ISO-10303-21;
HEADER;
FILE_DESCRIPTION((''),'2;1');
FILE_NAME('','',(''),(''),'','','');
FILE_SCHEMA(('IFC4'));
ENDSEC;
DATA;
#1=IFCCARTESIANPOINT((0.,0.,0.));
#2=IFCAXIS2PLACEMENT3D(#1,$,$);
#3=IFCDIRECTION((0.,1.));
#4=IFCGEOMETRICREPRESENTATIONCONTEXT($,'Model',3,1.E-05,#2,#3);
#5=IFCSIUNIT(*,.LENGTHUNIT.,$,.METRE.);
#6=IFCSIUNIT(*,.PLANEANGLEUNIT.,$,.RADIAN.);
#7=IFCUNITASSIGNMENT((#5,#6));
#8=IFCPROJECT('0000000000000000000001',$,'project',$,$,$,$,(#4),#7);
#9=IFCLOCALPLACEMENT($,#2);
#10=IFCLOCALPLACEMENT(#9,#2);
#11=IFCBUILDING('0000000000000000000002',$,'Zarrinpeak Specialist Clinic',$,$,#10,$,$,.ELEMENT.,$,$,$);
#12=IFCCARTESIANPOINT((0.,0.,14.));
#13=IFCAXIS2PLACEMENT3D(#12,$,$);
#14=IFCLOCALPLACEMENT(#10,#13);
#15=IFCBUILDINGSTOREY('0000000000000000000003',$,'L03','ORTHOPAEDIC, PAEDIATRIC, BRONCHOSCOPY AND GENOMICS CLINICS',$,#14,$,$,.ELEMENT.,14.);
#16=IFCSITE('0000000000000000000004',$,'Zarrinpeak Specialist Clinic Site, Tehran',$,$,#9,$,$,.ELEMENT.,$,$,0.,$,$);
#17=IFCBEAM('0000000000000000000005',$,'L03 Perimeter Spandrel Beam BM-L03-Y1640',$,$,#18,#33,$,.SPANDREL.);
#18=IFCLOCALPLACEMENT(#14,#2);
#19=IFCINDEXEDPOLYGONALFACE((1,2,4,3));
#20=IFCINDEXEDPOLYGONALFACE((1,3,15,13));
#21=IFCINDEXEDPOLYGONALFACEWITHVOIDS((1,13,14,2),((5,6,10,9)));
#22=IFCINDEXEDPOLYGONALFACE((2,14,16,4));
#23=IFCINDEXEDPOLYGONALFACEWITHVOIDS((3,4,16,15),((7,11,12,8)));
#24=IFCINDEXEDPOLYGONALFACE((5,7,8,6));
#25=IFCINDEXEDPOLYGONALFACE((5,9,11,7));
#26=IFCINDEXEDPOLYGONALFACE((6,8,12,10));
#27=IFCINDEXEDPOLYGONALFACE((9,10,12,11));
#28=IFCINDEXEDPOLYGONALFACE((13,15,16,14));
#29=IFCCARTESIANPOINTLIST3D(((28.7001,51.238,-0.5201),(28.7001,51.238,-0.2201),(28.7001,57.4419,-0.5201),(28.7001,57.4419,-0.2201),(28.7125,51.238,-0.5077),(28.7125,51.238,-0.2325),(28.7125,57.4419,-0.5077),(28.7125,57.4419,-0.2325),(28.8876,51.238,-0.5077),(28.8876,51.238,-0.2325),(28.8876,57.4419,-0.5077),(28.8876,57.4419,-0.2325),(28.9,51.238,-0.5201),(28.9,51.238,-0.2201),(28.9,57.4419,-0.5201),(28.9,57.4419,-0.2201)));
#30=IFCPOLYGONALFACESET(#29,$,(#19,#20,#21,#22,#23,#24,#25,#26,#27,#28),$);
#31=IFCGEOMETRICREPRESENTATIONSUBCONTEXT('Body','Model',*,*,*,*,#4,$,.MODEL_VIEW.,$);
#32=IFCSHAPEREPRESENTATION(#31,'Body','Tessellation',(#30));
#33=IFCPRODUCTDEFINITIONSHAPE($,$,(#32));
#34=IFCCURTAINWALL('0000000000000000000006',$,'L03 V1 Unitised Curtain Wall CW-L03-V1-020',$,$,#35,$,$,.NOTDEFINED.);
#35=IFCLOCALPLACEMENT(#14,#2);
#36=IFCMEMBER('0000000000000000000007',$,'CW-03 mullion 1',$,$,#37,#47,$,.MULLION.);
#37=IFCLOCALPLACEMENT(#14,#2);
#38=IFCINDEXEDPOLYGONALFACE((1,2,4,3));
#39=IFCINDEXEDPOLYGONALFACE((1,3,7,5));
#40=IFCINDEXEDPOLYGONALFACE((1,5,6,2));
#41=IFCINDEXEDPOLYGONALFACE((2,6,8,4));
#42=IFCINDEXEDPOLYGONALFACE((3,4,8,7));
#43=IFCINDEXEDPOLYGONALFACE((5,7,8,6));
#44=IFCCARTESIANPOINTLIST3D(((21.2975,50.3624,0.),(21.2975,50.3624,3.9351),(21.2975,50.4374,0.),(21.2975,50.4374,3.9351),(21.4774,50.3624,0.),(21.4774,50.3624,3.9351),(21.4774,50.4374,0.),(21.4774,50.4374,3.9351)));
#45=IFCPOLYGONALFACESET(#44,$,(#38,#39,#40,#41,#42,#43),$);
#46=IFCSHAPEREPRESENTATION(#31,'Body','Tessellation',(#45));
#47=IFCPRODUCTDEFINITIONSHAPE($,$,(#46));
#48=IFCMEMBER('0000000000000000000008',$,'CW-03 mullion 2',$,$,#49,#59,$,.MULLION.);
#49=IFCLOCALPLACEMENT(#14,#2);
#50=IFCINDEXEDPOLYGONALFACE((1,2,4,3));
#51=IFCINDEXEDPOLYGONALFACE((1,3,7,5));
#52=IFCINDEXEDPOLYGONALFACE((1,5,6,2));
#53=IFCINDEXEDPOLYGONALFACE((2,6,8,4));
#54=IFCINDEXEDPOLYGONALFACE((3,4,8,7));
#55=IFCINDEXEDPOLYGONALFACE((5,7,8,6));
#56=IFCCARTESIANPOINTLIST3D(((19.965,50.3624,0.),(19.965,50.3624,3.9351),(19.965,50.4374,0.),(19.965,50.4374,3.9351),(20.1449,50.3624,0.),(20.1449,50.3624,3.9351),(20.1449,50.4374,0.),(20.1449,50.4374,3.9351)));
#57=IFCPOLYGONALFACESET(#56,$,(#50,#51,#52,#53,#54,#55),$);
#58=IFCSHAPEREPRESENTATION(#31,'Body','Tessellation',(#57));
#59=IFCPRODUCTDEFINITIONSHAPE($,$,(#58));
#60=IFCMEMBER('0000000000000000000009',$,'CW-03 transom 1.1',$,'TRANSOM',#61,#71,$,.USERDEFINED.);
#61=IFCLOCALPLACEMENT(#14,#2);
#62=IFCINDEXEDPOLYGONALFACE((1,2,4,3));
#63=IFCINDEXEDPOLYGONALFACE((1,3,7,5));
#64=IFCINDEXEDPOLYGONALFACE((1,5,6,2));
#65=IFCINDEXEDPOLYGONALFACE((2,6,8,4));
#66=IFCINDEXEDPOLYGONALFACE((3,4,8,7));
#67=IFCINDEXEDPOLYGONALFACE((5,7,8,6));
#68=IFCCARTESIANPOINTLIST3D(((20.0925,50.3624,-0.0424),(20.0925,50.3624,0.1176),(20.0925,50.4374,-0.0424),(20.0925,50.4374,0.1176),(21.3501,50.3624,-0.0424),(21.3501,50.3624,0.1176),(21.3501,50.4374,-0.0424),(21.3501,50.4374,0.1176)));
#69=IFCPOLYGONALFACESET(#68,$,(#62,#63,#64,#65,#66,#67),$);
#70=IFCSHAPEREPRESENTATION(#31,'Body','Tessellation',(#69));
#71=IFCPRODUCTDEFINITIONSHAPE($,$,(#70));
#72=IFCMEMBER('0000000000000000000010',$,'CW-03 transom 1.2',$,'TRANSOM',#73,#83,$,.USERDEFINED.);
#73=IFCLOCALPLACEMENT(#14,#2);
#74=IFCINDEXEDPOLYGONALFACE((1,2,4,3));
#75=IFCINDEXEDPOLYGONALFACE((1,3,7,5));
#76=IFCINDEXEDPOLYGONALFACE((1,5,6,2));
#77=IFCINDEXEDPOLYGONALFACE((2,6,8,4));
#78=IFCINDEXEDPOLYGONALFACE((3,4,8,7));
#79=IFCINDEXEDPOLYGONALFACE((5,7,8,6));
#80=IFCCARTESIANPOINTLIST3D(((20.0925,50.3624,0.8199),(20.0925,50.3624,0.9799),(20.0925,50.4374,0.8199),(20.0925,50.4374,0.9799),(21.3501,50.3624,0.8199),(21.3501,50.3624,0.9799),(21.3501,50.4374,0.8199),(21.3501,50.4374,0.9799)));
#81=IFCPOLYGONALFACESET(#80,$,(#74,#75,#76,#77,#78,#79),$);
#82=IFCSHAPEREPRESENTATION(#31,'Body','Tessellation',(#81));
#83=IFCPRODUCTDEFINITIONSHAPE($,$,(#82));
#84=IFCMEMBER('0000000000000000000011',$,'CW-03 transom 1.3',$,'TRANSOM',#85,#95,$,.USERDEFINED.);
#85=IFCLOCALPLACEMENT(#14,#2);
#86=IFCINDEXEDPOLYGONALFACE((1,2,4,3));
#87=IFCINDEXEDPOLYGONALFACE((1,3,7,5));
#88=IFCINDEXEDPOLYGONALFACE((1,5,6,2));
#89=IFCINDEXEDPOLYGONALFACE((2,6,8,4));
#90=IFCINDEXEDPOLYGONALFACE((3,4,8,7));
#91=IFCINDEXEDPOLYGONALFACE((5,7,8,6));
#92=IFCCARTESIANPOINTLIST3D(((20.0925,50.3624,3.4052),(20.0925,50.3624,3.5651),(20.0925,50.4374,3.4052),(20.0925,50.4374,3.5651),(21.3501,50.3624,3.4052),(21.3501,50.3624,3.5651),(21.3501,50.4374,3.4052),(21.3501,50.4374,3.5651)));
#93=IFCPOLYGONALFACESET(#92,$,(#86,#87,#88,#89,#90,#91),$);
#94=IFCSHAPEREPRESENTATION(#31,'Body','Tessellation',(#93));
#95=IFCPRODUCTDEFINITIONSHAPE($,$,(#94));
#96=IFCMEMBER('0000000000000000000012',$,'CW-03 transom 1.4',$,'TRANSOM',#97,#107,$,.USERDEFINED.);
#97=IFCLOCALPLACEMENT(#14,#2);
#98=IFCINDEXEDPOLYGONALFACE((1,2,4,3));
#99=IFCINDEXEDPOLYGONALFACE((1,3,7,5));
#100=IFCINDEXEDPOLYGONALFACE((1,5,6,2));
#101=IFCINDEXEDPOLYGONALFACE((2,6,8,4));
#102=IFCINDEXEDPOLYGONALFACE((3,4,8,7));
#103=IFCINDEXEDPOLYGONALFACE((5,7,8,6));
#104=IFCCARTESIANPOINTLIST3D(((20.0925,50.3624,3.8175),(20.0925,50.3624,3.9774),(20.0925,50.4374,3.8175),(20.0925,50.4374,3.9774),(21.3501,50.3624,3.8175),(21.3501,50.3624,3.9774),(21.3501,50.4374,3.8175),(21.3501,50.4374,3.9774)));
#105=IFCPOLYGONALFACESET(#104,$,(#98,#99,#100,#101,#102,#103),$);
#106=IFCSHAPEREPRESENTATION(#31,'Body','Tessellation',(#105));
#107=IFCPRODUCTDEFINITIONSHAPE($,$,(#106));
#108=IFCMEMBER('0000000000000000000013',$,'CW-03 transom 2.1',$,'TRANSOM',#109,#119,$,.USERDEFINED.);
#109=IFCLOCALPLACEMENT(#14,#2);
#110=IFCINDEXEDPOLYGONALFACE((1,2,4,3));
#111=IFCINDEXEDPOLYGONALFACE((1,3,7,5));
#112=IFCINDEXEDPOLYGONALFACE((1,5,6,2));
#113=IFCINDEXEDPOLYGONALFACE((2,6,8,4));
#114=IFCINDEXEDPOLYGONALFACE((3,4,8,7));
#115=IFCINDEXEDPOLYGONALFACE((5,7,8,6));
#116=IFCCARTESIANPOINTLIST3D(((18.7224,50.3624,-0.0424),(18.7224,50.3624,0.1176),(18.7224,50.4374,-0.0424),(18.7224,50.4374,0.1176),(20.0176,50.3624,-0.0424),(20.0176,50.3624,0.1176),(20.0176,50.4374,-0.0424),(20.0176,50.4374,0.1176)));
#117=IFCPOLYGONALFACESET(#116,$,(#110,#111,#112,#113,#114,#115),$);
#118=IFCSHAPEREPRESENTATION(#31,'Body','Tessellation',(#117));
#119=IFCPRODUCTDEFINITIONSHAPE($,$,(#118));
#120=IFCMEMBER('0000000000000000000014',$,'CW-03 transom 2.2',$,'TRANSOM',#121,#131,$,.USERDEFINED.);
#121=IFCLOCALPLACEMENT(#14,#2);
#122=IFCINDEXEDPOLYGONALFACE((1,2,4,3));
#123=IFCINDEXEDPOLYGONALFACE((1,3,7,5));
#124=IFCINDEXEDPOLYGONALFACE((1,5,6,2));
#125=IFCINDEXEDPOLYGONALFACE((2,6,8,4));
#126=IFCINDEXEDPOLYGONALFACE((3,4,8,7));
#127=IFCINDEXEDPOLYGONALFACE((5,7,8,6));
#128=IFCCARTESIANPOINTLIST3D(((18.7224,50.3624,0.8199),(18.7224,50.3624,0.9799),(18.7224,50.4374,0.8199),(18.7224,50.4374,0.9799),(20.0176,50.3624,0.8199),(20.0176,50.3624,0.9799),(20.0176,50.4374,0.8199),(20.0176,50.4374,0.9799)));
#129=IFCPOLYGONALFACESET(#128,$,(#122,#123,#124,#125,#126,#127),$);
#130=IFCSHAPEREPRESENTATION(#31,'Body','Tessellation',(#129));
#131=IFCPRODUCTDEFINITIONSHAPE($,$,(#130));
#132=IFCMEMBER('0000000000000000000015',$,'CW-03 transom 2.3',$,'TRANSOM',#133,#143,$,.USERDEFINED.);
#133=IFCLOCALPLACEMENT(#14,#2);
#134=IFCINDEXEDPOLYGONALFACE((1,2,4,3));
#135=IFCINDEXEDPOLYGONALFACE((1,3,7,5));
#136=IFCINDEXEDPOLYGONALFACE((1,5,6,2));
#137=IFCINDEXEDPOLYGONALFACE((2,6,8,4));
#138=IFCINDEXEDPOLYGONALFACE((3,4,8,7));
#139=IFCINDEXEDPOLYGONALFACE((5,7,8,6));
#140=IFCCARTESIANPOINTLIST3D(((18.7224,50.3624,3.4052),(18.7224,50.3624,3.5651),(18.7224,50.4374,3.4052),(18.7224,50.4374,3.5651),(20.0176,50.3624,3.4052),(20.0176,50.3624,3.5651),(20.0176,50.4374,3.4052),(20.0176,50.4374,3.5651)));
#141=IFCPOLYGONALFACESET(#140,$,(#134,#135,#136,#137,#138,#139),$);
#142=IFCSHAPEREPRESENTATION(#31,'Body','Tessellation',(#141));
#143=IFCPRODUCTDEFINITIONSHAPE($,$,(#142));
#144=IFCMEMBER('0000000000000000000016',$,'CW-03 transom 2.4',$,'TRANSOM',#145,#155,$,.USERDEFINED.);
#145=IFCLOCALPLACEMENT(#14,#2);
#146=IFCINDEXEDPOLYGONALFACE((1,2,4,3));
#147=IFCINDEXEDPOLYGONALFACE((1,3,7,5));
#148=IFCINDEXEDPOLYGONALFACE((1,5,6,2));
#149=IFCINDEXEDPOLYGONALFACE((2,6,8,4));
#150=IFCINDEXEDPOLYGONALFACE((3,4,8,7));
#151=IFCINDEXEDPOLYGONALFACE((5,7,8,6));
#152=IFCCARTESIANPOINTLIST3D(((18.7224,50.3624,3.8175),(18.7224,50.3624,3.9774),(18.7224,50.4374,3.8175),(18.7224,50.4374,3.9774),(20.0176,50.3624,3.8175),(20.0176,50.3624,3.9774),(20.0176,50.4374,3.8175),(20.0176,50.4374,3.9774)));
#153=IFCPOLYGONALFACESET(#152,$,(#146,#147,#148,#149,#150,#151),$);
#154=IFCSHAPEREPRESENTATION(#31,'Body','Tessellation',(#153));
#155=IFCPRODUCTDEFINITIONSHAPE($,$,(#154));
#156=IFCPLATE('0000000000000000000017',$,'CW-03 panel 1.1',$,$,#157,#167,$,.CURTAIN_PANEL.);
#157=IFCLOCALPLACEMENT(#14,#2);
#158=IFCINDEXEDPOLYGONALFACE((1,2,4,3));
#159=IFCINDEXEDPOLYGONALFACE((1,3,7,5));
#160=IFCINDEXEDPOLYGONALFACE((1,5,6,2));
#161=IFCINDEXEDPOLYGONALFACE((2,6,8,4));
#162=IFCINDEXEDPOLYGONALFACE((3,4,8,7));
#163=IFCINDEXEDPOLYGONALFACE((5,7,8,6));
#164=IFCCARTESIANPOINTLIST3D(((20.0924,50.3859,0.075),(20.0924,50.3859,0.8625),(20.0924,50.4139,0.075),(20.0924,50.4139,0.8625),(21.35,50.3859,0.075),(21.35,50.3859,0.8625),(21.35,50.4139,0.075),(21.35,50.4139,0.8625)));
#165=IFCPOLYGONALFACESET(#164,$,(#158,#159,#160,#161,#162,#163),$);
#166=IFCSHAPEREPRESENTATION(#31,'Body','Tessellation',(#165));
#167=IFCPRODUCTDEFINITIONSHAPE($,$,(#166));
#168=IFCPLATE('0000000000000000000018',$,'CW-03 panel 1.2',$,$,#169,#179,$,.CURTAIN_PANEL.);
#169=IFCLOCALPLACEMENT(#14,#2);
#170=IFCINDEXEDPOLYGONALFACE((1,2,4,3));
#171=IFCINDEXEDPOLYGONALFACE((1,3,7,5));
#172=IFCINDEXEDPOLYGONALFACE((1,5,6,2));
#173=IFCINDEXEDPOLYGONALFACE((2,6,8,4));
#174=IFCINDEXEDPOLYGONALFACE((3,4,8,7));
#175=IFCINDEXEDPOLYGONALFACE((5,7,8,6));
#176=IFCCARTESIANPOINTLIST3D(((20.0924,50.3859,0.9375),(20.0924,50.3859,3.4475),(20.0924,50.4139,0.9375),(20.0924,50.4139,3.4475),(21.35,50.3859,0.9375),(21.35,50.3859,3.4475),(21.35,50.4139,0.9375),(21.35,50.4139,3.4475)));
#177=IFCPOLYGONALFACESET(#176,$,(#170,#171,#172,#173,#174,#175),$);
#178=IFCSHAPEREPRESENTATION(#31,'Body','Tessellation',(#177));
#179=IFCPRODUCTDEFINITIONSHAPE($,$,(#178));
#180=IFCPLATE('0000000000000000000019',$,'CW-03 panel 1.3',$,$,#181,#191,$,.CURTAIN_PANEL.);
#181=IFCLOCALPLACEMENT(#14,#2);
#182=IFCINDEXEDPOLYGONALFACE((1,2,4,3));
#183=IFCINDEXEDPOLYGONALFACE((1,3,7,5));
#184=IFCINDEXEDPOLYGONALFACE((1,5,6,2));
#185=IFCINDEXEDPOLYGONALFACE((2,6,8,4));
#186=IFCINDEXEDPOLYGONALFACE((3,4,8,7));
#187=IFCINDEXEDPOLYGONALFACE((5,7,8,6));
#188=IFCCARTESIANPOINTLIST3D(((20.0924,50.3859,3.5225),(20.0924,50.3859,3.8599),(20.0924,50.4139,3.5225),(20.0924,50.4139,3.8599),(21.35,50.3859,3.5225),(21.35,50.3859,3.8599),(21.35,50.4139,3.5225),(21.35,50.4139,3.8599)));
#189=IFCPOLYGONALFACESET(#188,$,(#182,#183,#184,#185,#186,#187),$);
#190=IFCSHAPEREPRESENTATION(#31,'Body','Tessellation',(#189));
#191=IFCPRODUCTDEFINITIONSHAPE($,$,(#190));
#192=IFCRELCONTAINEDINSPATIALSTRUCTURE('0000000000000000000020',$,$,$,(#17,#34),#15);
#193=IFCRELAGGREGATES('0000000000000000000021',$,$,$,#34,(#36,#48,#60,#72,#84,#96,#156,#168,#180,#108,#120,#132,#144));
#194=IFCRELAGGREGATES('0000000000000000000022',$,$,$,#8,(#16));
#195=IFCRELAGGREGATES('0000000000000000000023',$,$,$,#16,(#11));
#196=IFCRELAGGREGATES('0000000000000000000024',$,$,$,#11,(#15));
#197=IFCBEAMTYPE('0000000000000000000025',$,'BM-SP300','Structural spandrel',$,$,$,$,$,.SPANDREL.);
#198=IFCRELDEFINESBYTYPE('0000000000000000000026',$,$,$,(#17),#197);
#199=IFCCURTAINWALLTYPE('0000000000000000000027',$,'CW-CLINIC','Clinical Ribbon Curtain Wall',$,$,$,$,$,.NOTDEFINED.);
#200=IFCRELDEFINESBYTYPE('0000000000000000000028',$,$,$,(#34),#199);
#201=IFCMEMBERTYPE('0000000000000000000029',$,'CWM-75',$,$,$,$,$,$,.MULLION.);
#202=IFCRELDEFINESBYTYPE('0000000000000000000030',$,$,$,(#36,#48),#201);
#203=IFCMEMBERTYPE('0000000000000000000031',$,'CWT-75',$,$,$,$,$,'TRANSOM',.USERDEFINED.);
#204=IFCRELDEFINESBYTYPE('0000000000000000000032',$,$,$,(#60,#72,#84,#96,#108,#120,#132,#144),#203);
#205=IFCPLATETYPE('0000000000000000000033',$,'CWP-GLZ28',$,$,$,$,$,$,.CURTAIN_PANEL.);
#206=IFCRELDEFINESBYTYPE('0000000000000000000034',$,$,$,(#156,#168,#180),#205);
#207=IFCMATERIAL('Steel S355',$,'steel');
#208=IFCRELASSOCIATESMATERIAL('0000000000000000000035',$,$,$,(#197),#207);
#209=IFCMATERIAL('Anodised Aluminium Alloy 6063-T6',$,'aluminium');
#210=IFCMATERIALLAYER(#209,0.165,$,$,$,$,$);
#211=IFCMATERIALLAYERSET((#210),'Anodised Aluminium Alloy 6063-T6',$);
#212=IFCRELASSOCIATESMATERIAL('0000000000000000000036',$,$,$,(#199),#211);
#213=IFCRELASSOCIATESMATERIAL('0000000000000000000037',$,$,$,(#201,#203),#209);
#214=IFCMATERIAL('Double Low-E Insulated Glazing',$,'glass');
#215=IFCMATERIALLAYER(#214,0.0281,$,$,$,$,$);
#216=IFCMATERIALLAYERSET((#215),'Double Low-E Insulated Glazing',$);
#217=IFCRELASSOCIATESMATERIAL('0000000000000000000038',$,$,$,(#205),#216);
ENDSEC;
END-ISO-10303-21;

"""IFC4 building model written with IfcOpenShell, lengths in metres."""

from ifc_helpers import new_model, si_unit, direction, frame, origin, origin_2d, place, context, subcontext, project, spatial, rectangle, hollow_rectangle, extrude, material, layer, layer_set, material_profile, profile_set, type_object, element, aggregate, save


model = new_model("IFC4")

# Units and contexts
model_context = context("Model", 3, precision=1e-05, world=origin(), true_north=direction((0.0, 1.0)))
body_context = subcontext(model_context, "Body", "Model", "MODEL_VIEW")
ifc_project = project(units=[si_unit("LENGTHUNIT", "METRE"), si_unit("PLANEANGLEUNIT", "RADIAN")], contexts=[model_context])

# Site, building, storey
site_placement = place(None, origin())
site = spatial("IfcSite", under=ifc_project, at=site_placement, Name="Zarrinpeak Specialist Clinic Site, Tehran", CompositionType="ELEMENT", RefElevation=0.0)
building_placement = place(site_placement, origin())
building = spatial("IfcBuilding", under=site, at=building_placement, Name="Zarrinpeak Specialist Clinic", CompositionType="ELEMENT")
storey_placement = place(building_placement, frame((0.0, 0.0, 14.0)))
storey = spatial("IfcBuildingStorey", under=building, at=storey_placement, Name="L03", Description="ORTHOPAEDIC, PAEDIATRIC, BRONCHOSCOPY AND GENOMICS CLINICS", CompositionType="ELEMENT", Elevation=14.0)

# Shared definitions
ifc_material_1 = material(Name="Steel S355", Category="steel")

# Beam
ifc_material_profile_1 = material_profile(ifc_material_1, hollow_rectangle(XDim=0.2, YDim=0.3, WallThickness=0.0125, at=origin_2d()), Name="RHS 300x200x12.5")
ifc_profile_set_1 = profile_set([ifc_material_profile_1], Name="Steel S355")
beam_type_1 = type_object("IfcBeamType", Name="BM-SP300", Description="Structural spandrel", PredefinedType="SPANDREL", material=ifc_profile_set_1)
beam_1_placement = place(storey_placement, frame((28.8, 51.238, -0.3701), z_axis=(0.0, 1.0, 0.0), x_axis=(-1.0, 0.0, 0.0)))
element("IfcBeam", 1, at=beam_1_placement, inside=storey, type_object=beam_type_1, Name="L03 Perimeter Spandrel Beam BM-L03-Y1640", PredefinedType="SPANDREL", context=body_context, shape_type="SweptSolid", body=[
    extrude(hollow_rectangle(XDim=0.2, YDim=0.3, WallThickness=0.0125, at=origin_2d()), origin(), (0.0, 0.0, 1.0), 6.2039),
])

# Curtain wall, members, plates
ifc_material_2 = material(Name="Anodised Aluminium Alloy 6063-T6", Category="aluminium")
ifc_layer_1 = layer(ifc_material_2, 0.165)
ifc_layer_set_1 = layer_set([ifc_layer_1], Name="Anodised Aluminium Alloy 6063-T6")
curtain_wall_type = type_object("IfcCurtainWallType", Name="CW-CLINIC", Description="Clinical Ribbon Curtain Wall", PredefinedType="NOTDEFINED", material=ifc_layer_set_1)
curtain_wall_placement = place(storey_placement, origin())
curtain_wall = element("IfcCurtainWall", 2, at=curtain_wall_placement, inside=storey, type_object=curtain_wall_type, Name="L03 V1 Unitised Curtain Wall CW-L03-V1-020", PredefinedType="NOTDEFINED")
ifc_material_profile_2 = material_profile(ifc_material_2, rectangle(XDim=0.075, YDim=0.1799, at=origin_2d()), Name="ALU 75x180")
ifc_profile_set_2 = profile_set([ifc_material_profile_2], Name="Anodised Aluminium Alloy 6063-T6")
member_type_1 = type_object("IfcMemberType", Name="CWM-75", PredefinedType="MULLION", material=ifc_profile_set_2)
member_1_placement = place(storey_placement, frame((21.3875, 50.3999, 0.0), z_axis=(0.0, 0.0, 1.0), x_axis=(0.0, -1.0, 0.0)))
member_1 = element("IfcMember", 3, at=member_1_placement, type_object=member_type_1, Name="CW-03 mullion 1", PredefinedType="MULLION", context=body_context, shape_type="SweptSolid", body=[
    extrude(rectangle(XDim=0.075, YDim=0.1799, at=origin_2d()), origin(), (0.0, 0.0, 1.0), 3.9351),
])
member_2_placement = place(storey_placement, frame((20.0549, 50.3999, 0.0), z_axis=(0.0, 0.0, 1.0), x_axis=(0.0, -1.0, 0.0)))
member_2 = element("IfcMember", 4, at=member_2_placement, type_object=member_type_1, Name="CW-03 mullion 2", PredefinedType="MULLION", context=body_context, shape_type="SweptSolid", body=[
    extrude(rectangle(XDim=0.075, YDim=0.1799, at=origin_2d()), origin(), (0.0, 0.0, 1.0), 3.9351),
])
ifc_material_profile_3 = material_profile(ifc_material_2, rectangle(XDim=0.075, YDim=0.1599, at=origin_2d()), Name="ALU 75x160")
ifc_profile_set_3 = profile_set([ifc_material_profile_3], Name="Anodised Aluminium Alloy 6063-T6")
member_type_2 = type_object("IfcMemberType", Name="CWT-75", ElementType="TRANSOM", PredefinedType="USERDEFINED", material=ifc_profile_set_3)
member_3_placement = place(storey_placement, frame((21.3501, 50.3999, 0.0376), z_axis=(-1.0, 0.0, 0.0), x_axis=(0.0, -1.0, 0.0)))
member_3 = element("IfcMember", 5, at=member_3_placement, type_object=member_type_2, Name="CW-03 transom 1.1", ObjectType="TRANSOM", PredefinedType="USERDEFINED", context=body_context, shape_type="SweptSolid", body=[
    extrude(rectangle(XDim=0.075, YDim=0.1599, at=origin_2d()), origin(), (0.0, 0.0, 1.0), 1.2576),
])
member_4_placement = place(storey_placement, frame((21.3501, 50.3999, 0.8999), z_axis=(-1.0, 0.0, 0.0), x_axis=(0.0, -1.0, 0.0)))
member_4 = element("IfcMember", 6, at=member_4_placement, type_object=member_type_2, Name="CW-03 transom 1.2", ObjectType="TRANSOM", PredefinedType="USERDEFINED", context=body_context, shape_type="SweptSolid", body=[
    extrude(rectangle(XDim=0.075, YDim=0.1599, at=origin_2d()), origin(), (0.0, 0.0, 1.0), 1.2576),
])
member_5_placement = place(storey_placement, frame((21.3501, 50.3999, 3.4851), z_axis=(-1.0, 0.0, 0.0), x_axis=(0.0, -1.0, 0.0)))
member_5 = element("IfcMember", 7, at=member_5_placement, type_object=member_type_2, Name="CW-03 transom 1.3", ObjectType="TRANSOM", PredefinedType="USERDEFINED", context=body_context, shape_type="SweptSolid", body=[
    extrude(rectangle(XDim=0.075, YDim=0.1599, at=origin_2d()), origin(), (0.0, 0.0, 1.0), 1.2576),
])
member_6_placement = place(storey_placement, frame((21.3501, 50.3999, 3.8975), z_axis=(-1.0, 0.0, 0.0), x_axis=(0.0, -1.0, 0.0)))
member_6 = element("IfcMember", 8, at=member_6_placement, type_object=member_type_2, Name="CW-03 transom 1.4", ObjectType="TRANSOM", PredefinedType="USERDEFINED", context=body_context, shape_type="SweptSolid", body=[
    extrude(rectangle(XDim=0.075, YDim=0.1599, at=origin_2d()), origin(), (0.0, 0.0, 1.0), 1.2576),
])
member_7_placement = place(storey_placement, frame((20.0176, 50.3999, 0.0376), z_axis=(-1.0, 0.0, 0.0), x_axis=(0.0, -1.0, 0.0)))
member_7 = element("IfcMember", 9, at=member_7_placement, type_object=member_type_2, Name="CW-03 transom 2.1", ObjectType="TRANSOM", PredefinedType="USERDEFINED", context=body_context, shape_type="SweptSolid", body=[
    extrude(rectangle(XDim=0.075, YDim=0.1599, at=origin_2d()), origin(), (0.0, 0.0, 1.0), 1.2952),
])
member_8_placement = place(storey_placement, frame((20.0176, 50.3999, 0.8999), z_axis=(-1.0, 0.0, 0.0), x_axis=(0.0, -1.0, 0.0)))
member_8 = element("IfcMember", 10, at=member_8_placement, type_object=member_type_2, Name="CW-03 transom 2.2", ObjectType="TRANSOM", PredefinedType="USERDEFINED", context=body_context, shape_type="SweptSolid", body=[
    extrude(rectangle(XDim=0.075, YDim=0.1599, at=origin_2d()), origin(), (0.0, 0.0, 1.0), 1.2952),
])
member_9_placement = place(storey_placement, frame((20.0176, 50.3999, 3.4851), z_axis=(-1.0, 0.0, 0.0), x_axis=(0.0, -1.0, 0.0)))
member_9 = element("IfcMember", 11, at=member_9_placement, type_object=member_type_2, Name="CW-03 transom 2.3", ObjectType="TRANSOM", PredefinedType="USERDEFINED", context=body_context, shape_type="SweptSolid", body=[
    extrude(rectangle(XDim=0.075, YDim=0.1599, at=origin_2d()), origin(), (0.0, 0.0, 1.0), 1.2952),
])
member_10_placement = place(storey_placement, frame((20.0176, 50.3999, 3.8975), z_axis=(-1.0, 0.0, 0.0), x_axis=(0.0, -1.0, 0.0)))
member_10 = element("IfcMember", 12, at=member_10_placement, type_object=member_type_2, Name="CW-03 transom 2.4", ObjectType="TRANSOM", PredefinedType="USERDEFINED", context=body_context, shape_type="SweptSolid", body=[
    extrude(rectangle(XDim=0.075, YDim=0.1599, at=origin_2d()), origin(), (0.0, 0.0, 1.0), 1.2952),
])
ifc_material_3 = material(Name="Double Low-E Insulated Glazing", Category="glass")
ifc_layer_2 = layer(ifc_material_3, 0.0281)
ifc_layer_set_2 = layer_set([ifc_layer_2], Name="Double Low-E Insulated Glazing")
plate_type = type_object("IfcPlateType", Name="CWP-GLZ28", PredefinedType="CURTAIN_PANEL", material=ifc_layer_set_2)
plate_1_placement = place(storey_placement, frame((20.7212, 50.3999, 0.075), z_axis=(0.0, 0.0, 1.0), x_axis=(-1.0, 0.0, 0.0)))
plate_1 = element("IfcPlate", 13, at=plate_1_placement, type_object=plate_type, Name="CW-03 panel 1.1", PredefinedType="CURTAIN_PANEL", context=body_context, shape_type="SweptSolid", body=[
    extrude(rectangle(XDim=1.2576, YDim=0.0281, at=origin_2d()), origin(), (0.0, 0.0, 1.0), 0.7876),
])
plate_2_placement = place(storey_placement, frame((20.7212, 50.3999, 0.9375), z_axis=(0.0, 0.0, 1.0), x_axis=(-1.0, 0.0, 0.0)))
plate_2 = element("IfcPlate", 14, at=plate_2_placement, type_object=plate_type, Name="CW-03 panel 1.2", PredefinedType="CURTAIN_PANEL", context=body_context, shape_type="SweptSolid", body=[
    extrude(rectangle(XDim=1.2576, YDim=0.0281, at=origin_2d()), origin(), (0.0, 0.0, 1.0), 2.51),
])
plate_3_placement = place(storey_placement, frame((20.7212, 50.3999, 3.5225), z_axis=(0.0, 0.0, 1.0), x_axis=(-1.0, 0.0, 0.0)))
plate_3 = element("IfcPlate", 15, at=plate_3_placement, type_object=plate_type, Name="CW-03 panel 1.3", PredefinedType="CURTAIN_PANEL", context=body_context, shape_type="SweptSolid", body=[
    extrude(rectangle(XDim=1.2576, YDim=0.0281, at=origin_2d()), origin(), (0.0, 0.0, 1.0), 0.3374),
])
aggregate(curtain_wall, [member_1, member_2, member_3, member_4, member_5, member_6, plate_1, plate_2, plate_3, member_7, member_8, member_9, member_10])

save(model, "model.ifc")
